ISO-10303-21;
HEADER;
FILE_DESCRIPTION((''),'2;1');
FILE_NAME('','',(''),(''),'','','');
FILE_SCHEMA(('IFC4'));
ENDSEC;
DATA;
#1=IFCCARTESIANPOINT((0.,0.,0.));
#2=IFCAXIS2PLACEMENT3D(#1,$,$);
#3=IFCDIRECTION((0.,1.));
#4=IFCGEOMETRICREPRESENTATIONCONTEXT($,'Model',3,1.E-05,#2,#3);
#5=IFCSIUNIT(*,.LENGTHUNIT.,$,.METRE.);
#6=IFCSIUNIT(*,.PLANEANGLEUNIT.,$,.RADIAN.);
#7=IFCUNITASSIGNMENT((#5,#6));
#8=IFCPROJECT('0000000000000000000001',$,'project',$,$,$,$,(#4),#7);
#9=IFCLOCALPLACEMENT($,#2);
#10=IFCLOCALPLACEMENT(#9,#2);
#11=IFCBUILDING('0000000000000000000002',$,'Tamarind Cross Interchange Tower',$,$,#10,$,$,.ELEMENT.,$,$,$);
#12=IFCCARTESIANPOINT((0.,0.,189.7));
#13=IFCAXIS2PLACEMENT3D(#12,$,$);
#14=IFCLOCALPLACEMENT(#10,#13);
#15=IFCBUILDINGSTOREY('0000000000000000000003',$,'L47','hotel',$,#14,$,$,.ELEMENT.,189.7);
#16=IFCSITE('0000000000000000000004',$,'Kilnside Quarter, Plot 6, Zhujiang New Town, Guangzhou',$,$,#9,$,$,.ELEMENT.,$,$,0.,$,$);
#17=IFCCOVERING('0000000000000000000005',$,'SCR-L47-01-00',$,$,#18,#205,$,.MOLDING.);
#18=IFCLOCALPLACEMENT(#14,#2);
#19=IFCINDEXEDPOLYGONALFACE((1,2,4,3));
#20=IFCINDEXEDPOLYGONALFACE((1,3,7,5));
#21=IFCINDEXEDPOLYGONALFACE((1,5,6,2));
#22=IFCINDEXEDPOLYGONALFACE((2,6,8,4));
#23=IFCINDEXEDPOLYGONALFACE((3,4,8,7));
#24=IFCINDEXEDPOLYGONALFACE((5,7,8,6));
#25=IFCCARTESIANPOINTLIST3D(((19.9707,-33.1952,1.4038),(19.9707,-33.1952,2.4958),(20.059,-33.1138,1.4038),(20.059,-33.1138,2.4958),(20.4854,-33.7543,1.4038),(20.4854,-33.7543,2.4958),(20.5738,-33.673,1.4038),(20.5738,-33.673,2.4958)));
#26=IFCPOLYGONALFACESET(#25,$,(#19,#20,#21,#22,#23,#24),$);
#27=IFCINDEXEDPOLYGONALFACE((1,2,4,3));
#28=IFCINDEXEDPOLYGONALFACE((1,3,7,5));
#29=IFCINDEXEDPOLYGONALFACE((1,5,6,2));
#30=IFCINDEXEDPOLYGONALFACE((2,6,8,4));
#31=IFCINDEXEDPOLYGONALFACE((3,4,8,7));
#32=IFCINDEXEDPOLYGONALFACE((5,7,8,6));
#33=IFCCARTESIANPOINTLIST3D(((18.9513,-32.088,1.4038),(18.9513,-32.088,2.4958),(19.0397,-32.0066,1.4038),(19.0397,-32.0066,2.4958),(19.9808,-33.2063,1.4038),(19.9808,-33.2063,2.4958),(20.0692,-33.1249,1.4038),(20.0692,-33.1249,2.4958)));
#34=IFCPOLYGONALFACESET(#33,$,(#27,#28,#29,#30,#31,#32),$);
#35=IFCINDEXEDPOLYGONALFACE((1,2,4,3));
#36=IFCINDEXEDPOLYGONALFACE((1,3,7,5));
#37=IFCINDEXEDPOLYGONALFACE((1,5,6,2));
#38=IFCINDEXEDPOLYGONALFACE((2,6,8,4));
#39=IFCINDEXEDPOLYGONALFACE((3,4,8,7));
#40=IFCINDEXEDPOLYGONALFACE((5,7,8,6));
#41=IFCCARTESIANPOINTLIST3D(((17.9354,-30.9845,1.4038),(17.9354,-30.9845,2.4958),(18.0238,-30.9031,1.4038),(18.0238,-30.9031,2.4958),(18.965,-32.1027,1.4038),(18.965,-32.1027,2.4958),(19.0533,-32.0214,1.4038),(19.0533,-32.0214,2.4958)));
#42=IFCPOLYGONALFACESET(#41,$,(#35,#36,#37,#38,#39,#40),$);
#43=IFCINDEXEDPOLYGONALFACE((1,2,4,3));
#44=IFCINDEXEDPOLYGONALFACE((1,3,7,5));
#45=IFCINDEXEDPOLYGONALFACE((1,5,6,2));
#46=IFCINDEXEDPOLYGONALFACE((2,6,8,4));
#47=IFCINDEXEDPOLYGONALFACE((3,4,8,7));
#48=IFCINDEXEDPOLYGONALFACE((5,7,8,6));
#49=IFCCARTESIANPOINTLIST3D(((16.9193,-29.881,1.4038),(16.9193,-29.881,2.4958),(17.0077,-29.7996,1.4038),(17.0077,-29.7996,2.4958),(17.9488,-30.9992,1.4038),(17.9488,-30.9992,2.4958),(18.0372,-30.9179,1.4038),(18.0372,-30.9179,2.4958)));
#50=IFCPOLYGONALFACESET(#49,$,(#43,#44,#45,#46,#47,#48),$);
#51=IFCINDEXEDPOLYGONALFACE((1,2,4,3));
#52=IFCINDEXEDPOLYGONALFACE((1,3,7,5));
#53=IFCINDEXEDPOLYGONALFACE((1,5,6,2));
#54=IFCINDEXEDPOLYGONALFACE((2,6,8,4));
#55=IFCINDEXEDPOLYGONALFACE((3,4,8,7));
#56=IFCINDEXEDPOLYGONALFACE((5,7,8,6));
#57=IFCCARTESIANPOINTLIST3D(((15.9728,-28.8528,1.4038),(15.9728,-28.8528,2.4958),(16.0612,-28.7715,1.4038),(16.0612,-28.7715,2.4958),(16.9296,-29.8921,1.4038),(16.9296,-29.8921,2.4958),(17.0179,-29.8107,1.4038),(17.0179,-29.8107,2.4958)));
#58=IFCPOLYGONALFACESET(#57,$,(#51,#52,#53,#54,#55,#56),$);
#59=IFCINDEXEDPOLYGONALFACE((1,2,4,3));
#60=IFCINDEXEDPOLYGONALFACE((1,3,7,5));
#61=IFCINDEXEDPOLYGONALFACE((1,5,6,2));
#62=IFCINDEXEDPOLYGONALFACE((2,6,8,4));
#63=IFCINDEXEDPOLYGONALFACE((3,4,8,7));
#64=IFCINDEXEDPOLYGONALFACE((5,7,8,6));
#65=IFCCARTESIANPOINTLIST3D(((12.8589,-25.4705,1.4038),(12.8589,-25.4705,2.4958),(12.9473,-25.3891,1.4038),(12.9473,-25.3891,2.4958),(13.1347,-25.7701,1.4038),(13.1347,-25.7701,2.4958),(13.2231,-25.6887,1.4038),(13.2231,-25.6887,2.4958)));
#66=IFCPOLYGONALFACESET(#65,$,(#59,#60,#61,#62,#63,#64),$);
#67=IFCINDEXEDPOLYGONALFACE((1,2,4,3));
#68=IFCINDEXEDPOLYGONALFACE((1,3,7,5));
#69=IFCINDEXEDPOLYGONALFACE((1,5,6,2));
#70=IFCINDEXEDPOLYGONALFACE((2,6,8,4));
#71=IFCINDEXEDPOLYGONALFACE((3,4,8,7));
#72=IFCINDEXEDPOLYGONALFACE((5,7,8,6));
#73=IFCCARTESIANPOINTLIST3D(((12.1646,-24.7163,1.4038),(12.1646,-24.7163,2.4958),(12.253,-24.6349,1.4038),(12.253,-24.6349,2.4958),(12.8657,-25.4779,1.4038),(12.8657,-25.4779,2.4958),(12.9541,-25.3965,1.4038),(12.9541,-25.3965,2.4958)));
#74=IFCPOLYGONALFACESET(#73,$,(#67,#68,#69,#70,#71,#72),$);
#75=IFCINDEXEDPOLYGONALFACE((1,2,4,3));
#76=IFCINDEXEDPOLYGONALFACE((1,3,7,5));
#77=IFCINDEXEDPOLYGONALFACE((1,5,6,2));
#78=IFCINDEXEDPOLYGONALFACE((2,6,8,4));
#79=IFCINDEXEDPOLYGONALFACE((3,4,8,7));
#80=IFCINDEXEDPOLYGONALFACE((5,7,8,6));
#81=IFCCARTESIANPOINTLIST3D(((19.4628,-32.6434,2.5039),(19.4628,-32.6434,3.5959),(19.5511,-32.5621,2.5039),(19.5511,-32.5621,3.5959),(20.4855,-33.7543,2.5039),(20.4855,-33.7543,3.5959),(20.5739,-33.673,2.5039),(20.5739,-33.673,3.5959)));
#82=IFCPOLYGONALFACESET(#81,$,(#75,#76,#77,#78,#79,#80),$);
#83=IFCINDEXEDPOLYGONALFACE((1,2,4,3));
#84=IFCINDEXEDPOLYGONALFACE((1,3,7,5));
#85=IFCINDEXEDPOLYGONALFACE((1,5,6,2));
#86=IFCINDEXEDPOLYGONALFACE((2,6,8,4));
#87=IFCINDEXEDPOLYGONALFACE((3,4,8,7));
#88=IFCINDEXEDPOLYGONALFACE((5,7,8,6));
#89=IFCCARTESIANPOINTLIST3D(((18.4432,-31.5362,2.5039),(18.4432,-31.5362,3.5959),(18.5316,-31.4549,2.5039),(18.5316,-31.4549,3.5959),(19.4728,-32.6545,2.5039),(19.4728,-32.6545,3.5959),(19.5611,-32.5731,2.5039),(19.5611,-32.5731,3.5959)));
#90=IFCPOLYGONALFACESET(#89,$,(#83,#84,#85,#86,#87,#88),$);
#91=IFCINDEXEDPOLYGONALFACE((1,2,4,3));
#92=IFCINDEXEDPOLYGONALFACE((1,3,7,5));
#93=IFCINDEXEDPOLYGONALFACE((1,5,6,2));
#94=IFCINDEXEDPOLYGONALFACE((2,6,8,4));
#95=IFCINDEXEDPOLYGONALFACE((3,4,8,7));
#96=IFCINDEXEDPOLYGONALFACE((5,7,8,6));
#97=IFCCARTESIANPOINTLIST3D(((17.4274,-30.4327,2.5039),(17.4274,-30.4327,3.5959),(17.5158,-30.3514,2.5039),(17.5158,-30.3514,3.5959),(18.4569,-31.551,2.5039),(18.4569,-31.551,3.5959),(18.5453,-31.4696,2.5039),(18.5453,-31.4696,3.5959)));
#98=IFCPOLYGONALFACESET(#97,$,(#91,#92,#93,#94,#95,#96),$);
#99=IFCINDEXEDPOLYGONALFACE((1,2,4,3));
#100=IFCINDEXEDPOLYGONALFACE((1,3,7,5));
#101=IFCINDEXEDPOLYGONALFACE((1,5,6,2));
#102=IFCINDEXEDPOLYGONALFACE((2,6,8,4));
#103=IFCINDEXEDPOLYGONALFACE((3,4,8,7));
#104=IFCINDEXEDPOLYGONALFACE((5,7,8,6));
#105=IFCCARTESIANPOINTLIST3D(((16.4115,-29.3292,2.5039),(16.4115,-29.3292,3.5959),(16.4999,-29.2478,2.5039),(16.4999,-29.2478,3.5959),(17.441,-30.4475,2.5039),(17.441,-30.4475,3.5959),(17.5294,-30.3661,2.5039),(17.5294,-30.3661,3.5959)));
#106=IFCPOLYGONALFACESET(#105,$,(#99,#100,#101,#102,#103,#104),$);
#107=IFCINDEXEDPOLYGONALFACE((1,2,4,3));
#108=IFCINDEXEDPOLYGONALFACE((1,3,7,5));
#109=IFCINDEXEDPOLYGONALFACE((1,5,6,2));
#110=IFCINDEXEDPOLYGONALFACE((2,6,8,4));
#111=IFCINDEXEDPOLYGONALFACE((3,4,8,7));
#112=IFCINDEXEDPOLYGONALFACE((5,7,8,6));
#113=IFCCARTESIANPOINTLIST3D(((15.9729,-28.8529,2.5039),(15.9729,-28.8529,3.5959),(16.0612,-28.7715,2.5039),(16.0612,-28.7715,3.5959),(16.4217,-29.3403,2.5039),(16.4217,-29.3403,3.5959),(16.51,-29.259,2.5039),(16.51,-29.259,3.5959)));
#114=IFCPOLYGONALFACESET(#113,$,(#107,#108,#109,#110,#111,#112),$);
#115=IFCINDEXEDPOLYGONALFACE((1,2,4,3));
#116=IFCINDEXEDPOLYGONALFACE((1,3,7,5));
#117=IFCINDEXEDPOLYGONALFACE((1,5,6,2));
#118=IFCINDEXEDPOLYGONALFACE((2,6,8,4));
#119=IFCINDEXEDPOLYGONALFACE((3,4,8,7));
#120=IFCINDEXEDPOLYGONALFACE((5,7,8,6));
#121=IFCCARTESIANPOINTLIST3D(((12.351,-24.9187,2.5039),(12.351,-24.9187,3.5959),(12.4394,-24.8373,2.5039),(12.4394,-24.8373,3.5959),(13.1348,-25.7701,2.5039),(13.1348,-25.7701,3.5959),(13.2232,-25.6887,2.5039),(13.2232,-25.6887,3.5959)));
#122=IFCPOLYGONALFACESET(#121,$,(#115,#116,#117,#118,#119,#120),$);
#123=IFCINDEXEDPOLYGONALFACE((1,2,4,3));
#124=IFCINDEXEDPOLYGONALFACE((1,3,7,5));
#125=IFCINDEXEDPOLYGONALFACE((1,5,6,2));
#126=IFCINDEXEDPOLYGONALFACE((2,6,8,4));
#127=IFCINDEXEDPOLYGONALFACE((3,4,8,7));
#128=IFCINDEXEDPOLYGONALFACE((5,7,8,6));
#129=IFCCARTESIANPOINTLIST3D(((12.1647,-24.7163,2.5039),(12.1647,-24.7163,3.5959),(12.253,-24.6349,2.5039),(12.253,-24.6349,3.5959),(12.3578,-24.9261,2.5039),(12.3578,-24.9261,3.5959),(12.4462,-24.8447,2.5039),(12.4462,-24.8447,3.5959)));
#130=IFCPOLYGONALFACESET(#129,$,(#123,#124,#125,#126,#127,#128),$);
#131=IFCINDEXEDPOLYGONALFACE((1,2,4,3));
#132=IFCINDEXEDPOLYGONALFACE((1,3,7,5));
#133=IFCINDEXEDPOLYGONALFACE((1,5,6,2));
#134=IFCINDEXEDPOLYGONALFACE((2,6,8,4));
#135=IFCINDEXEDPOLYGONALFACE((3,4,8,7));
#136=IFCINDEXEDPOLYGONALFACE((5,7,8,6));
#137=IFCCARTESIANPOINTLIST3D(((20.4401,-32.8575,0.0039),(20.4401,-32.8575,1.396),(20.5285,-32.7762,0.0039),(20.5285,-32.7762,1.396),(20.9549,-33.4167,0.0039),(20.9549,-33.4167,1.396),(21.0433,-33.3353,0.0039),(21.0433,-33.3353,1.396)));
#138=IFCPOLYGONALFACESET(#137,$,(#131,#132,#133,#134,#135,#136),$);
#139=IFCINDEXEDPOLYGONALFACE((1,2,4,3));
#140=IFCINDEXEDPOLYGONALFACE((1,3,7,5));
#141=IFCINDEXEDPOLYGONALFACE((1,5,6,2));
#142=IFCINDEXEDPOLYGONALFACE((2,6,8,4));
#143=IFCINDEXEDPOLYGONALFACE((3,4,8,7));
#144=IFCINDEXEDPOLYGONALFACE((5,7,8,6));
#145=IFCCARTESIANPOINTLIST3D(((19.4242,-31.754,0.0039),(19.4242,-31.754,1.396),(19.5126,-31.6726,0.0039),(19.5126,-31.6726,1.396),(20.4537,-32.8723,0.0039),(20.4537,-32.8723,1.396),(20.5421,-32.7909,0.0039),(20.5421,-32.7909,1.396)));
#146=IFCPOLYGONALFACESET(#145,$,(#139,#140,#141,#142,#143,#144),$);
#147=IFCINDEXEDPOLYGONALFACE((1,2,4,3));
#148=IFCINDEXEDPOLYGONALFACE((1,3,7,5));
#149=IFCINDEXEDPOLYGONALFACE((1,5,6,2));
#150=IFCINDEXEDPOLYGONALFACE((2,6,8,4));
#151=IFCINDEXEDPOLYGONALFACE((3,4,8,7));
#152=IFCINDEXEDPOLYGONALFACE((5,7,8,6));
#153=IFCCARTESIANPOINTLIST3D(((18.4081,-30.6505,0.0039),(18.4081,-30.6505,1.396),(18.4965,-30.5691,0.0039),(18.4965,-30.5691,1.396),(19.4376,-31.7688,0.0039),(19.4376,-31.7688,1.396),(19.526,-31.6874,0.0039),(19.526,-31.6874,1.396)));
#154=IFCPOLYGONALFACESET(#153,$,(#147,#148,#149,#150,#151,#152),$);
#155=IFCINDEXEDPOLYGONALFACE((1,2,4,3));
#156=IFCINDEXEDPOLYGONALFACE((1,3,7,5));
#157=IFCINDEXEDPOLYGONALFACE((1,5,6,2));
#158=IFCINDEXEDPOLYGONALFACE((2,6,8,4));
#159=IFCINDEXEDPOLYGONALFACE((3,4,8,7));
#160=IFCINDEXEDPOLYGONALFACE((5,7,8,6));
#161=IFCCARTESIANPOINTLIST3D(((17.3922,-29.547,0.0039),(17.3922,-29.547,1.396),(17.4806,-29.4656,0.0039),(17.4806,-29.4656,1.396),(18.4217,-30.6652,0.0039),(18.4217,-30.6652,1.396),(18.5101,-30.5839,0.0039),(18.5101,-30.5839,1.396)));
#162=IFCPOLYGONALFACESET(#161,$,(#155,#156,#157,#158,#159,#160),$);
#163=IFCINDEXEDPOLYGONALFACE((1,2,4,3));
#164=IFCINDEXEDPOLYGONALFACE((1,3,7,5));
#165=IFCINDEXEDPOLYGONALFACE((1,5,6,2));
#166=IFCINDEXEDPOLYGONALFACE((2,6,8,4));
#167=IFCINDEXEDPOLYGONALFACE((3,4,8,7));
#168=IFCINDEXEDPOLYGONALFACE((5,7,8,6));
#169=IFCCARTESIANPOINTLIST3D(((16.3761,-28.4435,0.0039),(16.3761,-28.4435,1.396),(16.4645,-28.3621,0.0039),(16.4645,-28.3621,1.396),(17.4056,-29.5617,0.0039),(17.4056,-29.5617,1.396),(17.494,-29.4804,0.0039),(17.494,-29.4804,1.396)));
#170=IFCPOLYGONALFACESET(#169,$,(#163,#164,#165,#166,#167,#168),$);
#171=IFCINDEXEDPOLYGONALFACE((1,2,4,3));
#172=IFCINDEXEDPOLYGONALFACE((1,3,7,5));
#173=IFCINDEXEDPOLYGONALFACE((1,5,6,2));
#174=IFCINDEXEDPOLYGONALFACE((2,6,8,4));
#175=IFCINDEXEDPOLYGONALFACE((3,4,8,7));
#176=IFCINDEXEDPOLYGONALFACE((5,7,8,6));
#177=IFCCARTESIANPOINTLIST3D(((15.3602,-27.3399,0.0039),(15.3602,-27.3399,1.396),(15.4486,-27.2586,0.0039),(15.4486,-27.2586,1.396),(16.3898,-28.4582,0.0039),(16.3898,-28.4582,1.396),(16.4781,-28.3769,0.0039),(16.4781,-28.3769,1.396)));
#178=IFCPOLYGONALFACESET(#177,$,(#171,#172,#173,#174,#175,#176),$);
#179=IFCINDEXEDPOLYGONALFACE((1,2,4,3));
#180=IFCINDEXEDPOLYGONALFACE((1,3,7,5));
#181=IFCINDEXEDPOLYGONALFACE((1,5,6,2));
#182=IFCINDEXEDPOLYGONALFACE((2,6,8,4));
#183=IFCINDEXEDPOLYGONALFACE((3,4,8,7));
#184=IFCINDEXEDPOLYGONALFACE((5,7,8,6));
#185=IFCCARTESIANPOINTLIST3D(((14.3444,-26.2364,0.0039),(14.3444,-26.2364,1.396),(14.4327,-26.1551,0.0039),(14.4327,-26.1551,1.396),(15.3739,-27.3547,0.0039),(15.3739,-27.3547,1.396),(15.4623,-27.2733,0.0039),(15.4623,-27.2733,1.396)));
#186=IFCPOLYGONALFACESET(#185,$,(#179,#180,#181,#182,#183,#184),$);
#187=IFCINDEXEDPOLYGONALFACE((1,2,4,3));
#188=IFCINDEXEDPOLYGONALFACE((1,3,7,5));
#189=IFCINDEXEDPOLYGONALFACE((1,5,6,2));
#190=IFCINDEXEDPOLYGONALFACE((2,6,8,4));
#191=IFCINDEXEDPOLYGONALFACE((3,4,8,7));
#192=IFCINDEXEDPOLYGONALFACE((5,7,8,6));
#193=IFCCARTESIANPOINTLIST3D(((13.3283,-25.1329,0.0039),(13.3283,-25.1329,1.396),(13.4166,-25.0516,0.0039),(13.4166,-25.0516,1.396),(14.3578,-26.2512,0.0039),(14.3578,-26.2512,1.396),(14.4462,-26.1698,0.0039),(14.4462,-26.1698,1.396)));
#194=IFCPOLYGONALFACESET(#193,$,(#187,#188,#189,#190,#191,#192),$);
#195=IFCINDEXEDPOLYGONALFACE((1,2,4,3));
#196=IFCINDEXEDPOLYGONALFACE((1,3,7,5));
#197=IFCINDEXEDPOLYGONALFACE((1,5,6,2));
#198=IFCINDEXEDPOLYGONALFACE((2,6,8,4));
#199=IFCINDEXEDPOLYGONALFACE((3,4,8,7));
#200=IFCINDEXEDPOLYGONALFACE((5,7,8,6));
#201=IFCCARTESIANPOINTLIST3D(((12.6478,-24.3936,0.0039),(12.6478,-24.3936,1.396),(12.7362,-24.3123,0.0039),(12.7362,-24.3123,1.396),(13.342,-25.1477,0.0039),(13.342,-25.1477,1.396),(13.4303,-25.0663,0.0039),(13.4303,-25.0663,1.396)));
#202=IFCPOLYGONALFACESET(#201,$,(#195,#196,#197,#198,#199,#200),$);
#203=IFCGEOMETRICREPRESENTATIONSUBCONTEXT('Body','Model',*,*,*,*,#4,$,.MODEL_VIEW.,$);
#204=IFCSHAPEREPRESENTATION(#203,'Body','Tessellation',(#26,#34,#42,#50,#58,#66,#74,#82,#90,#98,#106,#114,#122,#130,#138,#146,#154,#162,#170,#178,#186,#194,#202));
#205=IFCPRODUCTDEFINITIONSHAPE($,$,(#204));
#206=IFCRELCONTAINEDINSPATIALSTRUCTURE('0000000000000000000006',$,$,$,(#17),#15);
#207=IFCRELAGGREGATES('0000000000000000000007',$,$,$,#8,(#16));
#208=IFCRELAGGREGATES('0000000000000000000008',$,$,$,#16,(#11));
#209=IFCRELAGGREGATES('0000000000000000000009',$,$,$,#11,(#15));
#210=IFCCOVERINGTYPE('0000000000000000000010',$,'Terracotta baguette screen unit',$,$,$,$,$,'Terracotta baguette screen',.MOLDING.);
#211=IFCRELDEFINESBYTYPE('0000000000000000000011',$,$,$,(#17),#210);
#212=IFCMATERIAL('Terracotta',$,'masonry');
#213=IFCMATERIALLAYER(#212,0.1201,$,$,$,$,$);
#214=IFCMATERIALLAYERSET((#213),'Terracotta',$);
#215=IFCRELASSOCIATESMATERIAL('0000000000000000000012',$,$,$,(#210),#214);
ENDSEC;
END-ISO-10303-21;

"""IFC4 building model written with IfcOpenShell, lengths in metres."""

from ifc_helpers import new_model, si_unit, direction, frame, origin, origin_2d, place, context, subcontext, project, spatial, rectangle, extrude, material, layer, layer_set, type_object, element, save


model = new_model("IFC4")

# Units and contexts
model_context = context("Model", 3, precision=1e-05, world=origin(), true_north=direction((0.0, 1.0)))
body_context = subcontext(model_context, "Body", "Model", "MODEL_VIEW")
ifc_project = project(units=[si_unit("LENGTHUNIT", "METRE"), si_unit("PLANEANGLEUNIT", "RADIAN")], contexts=[model_context])

# Site, building, storey
site_placement = place(None, origin())
site = spatial("IfcSite", under=ifc_project, at=site_placement, Name="Kilnside Quarter, Plot 6, Zhujiang New Town, Guangzhou", CompositionType="ELEMENT", RefElevation=0.0)
building_placement = place(site_placement, origin())
building = spatial("IfcBuilding", under=site, at=building_placement, Name="Tamarind Cross Interchange Tower", CompositionType="ELEMENT")
storey_placement = place(building_placement, frame((0.0, 0.0, 189.7)))
storey = spatial("IfcBuildingStorey", under=building, at=storey_placement, Name="L47", Description="hotel", CompositionType="ELEMENT", Elevation=189.7)

# Covering
ifc_material_1 = material(Name="Terracotta", Category="masonry")
ifc_layer_1 = layer(ifc_material_1, 0.1201)
ifc_layer_set_1 = layer_set([ifc_layer_1], Name="Terracotta")
covering_type = type_object("IfcCoveringType", Name="Terracotta baguette screen unit", ElementType="Terracotta baguette screen", PredefinedType="MOLDING", material=ifc_layer_set_1)
covering_placement = place(storey_placement, origin())
element("IfcCovering", 1, at=covering_placement, inside=storey, type_object=covering_type, Name="SCR-L47-01-00", PredefinedType="MOLDING", context=body_context, shape_type="SweptSolid", body=[
    extrude(rectangle(XDim=0.76, YDim=0.1201, at=origin_2d()), frame((20.2722, -33.4341, 1.4038), z_axis=(0.0, 0.0, 1.0), x_axis=(-0.67731, 0.735697, 0.0)), (0.0, 0.0, 1.0), 1.092),
    extrude(rectangle(XDim=1.52, YDim=0.1201, at=origin_2d()), frame((19.5103, -32.6064, 1.4038), z_axis=(0.0, 0.0, 1.0), x_axis=(-0.67731, 0.735697, 0.0)), (0.0, 0.0, 1.0), 1.092),
    extrude(rectangle(XDim=1.52, YDim=0.1201, at=origin_2d()), frame((18.4944, -31.5029, 1.4038), z_axis=(0.0, 0.0, 1.0), x_axis=(-0.67731, 0.735697, 0.0)), (0.0, 0.0, 1.0), 1.092),
    extrude(rectangle(XDim=1.52, YDim=0.1201, at=origin_2d()), frame((17.4783, -30.3994, 1.4038), z_axis=(0.0, 0.0, 1.0), x_axis=(-0.67731, 0.735697, 0.0)), (0.0, 0.0, 1.0), 1.092),
    extrude(rectangle(XDim=1.4126, YDim=0.1201, at=origin_2d()), frame((16.4954, -29.3318, 1.4038), z_axis=(0.0, 0.0, 1.0), x_axis=(-0.67731, 0.735697, 0.0)), (0.0, 0.0, 1.0), 1.092),
    extrude(rectangle(XDim=0.4072, YDim=0.1201, at=origin_2d()), frame((13.041, -25.5796, 1.4038), z_axis=(0.0, 0.0, 1.0), x_axis=(-0.67731, 0.735697, 0.0)), (0.0, 0.0, 1.0), 1.092),
    extrude(rectangle(XDim=1.0352, YDim=0.1201, at=origin_2d()), frame((12.5593, -25.0564, 1.4038), z_axis=(0.0, 0.0, 1.0), x_axis=(-0.67731, 0.735697, 0.0)), (0.0, 0.0, 1.0), 1.092),
    extrude(rectangle(XDim=1.51, YDim=0.1201, at=origin_2d()), frame((20.0183, -33.1582, 2.5039), z_axis=(0.0, 0.0, 1.0), x_axis=(-0.67731, 0.735697, 0.0)), (0.0, 0.0, 1.0), 1.092),
    extrude(rectangle(XDim=1.52, YDim=0.1201, at=origin_2d()), frame((19.0022, -32.0547, 2.5039), z_axis=(0.0, 0.0, 1.0), x_axis=(-0.67731, 0.735697, 0.0)), (0.0, 0.0, 1.0), 1.092),
    extrude(rectangle(XDim=1.52, YDim=0.1201, at=origin_2d()), frame((17.9863, -30.9512, 2.5039), z_axis=(0.0, 0.0, 1.0), x_axis=(-0.67731, 0.735697, 0.0)), (0.0, 0.0, 1.0), 1.092),
    extrude(rectangle(XDim=1.52, YDim=0.1201, at=origin_2d()), frame((16.9705, -29.8477, 2.5039), z_axis=(0.0, 0.0, 1.0), x_axis=(-0.67731, 0.735697, 0.0)), (0.0, 0.0, 1.0), 1.092),
    extrude(rectangle(XDim=0.6626, YDim=0.1201, at=origin_2d()), frame((16.2415, -29.0559, 2.5039), z_axis=(0.0, 0.0, 1.0), x_axis=(-0.67731, 0.735697, 0.0)), (0.0, 0.0, 1.0), 1.092),
    extrude(rectangle(XDim=1.1572, YDim=0.1201, at=origin_2d()), frame((12.7871, -25.3037, 2.5039), z_axis=(0.0, 0.0, 1.0), x_axis=(-0.67731, 0.735697, 0.0)), (0.0, 0.0, 1.0), 1.092),
    extrude(rectangle(XDim=0.2852, YDim=0.1201, at=origin_2d()), frame((12.3054, -24.7805, 2.5039), z_axis=(0.0, 0.0, 1.0), x_axis=(-0.67731, 0.735697, 0.0)), (0.0, 0.0, 1.0), 1.092),
    extrude(rectangle(XDim=0.76, YDim=0.1201, at=origin_2d()), frame((20.7417, -33.0964, 0.0039), z_axis=(0.0, 0.0, 1.0), x_axis=(-0.67731, 0.735697, 0.0)), (0.0, 0.0, 1.0), 1.3921),
    extrude(rectangle(XDim=1.52, YDim=0.1201, at=origin_2d()), frame((19.9832, -32.2725, 0.0039), z_axis=(0.0, 0.0, 1.0), x_axis=(-0.67731, 0.735697, 0.0)), (0.0, 0.0, 1.0), 1.3921),
    extrude(rectangle(XDim=1.52, YDim=0.1201, at=origin_2d()), frame((18.967, -31.1689, 0.0039), z_axis=(0.0, 0.0, 1.0), x_axis=(-0.67731, 0.735697, 0.0)), (0.0, 0.0, 1.0), 1.3921),
    extrude(rectangle(XDim=1.52, YDim=0.1201, at=origin_2d()), frame((17.9512, -30.0654, 0.0039), z_axis=(0.0, 0.0, 1.0), x_axis=(-0.67731, 0.735697, 0.0)), (0.0, 0.0, 1.0), 1.3921),
    extrude(rectangle(XDim=1.52, YDim=0.1201, at=origin_2d()), frame((16.9351, -28.9619, 0.0039), z_axis=(0.0, 0.0, 1.0), x_axis=(-0.67731, 0.735697, 0.0)), (0.0, 0.0, 1.0), 1.3921),
    extrude(rectangle(XDim=1.52, YDim=0.1201, at=origin_2d()), frame((15.9192, -27.8584, 0.0039), z_axis=(0.0, 0.0, 1.0), x_axis=(-0.67731, 0.735697, 0.0)), (0.0, 0.0, 1.0), 1.3921),
    extrude(rectangle(XDim=1.52, YDim=0.1201, at=origin_2d()), frame((14.9033, -26.7549, 0.0039), z_axis=(0.0, 0.0, 1.0), x_axis=(-0.67731, 0.735697, 0.0)), (0.0, 0.0, 1.0), 1.3921),
    extrude(rectangle(XDim=1.52, YDim=0.1201, at=origin_2d()), frame((13.8872, -25.6514, 0.0039), z_axis=(0.0, 0.0, 1.0), x_axis=(-0.67731, 0.735697, 0.0)), (0.0, 0.0, 1.0), 1.3921),
    extrude(rectangle(XDim=1.0249, YDim=0.1201, at=origin_2d()), frame((13.0391, -24.73, 0.0039), z_axis=(0.0, 0.0, 1.0), x_axis=(-0.67731, 0.735697, 0.0)), (0.0, 0.0, 1.0), 1.3921),
])

save(model, "model.ifc")
